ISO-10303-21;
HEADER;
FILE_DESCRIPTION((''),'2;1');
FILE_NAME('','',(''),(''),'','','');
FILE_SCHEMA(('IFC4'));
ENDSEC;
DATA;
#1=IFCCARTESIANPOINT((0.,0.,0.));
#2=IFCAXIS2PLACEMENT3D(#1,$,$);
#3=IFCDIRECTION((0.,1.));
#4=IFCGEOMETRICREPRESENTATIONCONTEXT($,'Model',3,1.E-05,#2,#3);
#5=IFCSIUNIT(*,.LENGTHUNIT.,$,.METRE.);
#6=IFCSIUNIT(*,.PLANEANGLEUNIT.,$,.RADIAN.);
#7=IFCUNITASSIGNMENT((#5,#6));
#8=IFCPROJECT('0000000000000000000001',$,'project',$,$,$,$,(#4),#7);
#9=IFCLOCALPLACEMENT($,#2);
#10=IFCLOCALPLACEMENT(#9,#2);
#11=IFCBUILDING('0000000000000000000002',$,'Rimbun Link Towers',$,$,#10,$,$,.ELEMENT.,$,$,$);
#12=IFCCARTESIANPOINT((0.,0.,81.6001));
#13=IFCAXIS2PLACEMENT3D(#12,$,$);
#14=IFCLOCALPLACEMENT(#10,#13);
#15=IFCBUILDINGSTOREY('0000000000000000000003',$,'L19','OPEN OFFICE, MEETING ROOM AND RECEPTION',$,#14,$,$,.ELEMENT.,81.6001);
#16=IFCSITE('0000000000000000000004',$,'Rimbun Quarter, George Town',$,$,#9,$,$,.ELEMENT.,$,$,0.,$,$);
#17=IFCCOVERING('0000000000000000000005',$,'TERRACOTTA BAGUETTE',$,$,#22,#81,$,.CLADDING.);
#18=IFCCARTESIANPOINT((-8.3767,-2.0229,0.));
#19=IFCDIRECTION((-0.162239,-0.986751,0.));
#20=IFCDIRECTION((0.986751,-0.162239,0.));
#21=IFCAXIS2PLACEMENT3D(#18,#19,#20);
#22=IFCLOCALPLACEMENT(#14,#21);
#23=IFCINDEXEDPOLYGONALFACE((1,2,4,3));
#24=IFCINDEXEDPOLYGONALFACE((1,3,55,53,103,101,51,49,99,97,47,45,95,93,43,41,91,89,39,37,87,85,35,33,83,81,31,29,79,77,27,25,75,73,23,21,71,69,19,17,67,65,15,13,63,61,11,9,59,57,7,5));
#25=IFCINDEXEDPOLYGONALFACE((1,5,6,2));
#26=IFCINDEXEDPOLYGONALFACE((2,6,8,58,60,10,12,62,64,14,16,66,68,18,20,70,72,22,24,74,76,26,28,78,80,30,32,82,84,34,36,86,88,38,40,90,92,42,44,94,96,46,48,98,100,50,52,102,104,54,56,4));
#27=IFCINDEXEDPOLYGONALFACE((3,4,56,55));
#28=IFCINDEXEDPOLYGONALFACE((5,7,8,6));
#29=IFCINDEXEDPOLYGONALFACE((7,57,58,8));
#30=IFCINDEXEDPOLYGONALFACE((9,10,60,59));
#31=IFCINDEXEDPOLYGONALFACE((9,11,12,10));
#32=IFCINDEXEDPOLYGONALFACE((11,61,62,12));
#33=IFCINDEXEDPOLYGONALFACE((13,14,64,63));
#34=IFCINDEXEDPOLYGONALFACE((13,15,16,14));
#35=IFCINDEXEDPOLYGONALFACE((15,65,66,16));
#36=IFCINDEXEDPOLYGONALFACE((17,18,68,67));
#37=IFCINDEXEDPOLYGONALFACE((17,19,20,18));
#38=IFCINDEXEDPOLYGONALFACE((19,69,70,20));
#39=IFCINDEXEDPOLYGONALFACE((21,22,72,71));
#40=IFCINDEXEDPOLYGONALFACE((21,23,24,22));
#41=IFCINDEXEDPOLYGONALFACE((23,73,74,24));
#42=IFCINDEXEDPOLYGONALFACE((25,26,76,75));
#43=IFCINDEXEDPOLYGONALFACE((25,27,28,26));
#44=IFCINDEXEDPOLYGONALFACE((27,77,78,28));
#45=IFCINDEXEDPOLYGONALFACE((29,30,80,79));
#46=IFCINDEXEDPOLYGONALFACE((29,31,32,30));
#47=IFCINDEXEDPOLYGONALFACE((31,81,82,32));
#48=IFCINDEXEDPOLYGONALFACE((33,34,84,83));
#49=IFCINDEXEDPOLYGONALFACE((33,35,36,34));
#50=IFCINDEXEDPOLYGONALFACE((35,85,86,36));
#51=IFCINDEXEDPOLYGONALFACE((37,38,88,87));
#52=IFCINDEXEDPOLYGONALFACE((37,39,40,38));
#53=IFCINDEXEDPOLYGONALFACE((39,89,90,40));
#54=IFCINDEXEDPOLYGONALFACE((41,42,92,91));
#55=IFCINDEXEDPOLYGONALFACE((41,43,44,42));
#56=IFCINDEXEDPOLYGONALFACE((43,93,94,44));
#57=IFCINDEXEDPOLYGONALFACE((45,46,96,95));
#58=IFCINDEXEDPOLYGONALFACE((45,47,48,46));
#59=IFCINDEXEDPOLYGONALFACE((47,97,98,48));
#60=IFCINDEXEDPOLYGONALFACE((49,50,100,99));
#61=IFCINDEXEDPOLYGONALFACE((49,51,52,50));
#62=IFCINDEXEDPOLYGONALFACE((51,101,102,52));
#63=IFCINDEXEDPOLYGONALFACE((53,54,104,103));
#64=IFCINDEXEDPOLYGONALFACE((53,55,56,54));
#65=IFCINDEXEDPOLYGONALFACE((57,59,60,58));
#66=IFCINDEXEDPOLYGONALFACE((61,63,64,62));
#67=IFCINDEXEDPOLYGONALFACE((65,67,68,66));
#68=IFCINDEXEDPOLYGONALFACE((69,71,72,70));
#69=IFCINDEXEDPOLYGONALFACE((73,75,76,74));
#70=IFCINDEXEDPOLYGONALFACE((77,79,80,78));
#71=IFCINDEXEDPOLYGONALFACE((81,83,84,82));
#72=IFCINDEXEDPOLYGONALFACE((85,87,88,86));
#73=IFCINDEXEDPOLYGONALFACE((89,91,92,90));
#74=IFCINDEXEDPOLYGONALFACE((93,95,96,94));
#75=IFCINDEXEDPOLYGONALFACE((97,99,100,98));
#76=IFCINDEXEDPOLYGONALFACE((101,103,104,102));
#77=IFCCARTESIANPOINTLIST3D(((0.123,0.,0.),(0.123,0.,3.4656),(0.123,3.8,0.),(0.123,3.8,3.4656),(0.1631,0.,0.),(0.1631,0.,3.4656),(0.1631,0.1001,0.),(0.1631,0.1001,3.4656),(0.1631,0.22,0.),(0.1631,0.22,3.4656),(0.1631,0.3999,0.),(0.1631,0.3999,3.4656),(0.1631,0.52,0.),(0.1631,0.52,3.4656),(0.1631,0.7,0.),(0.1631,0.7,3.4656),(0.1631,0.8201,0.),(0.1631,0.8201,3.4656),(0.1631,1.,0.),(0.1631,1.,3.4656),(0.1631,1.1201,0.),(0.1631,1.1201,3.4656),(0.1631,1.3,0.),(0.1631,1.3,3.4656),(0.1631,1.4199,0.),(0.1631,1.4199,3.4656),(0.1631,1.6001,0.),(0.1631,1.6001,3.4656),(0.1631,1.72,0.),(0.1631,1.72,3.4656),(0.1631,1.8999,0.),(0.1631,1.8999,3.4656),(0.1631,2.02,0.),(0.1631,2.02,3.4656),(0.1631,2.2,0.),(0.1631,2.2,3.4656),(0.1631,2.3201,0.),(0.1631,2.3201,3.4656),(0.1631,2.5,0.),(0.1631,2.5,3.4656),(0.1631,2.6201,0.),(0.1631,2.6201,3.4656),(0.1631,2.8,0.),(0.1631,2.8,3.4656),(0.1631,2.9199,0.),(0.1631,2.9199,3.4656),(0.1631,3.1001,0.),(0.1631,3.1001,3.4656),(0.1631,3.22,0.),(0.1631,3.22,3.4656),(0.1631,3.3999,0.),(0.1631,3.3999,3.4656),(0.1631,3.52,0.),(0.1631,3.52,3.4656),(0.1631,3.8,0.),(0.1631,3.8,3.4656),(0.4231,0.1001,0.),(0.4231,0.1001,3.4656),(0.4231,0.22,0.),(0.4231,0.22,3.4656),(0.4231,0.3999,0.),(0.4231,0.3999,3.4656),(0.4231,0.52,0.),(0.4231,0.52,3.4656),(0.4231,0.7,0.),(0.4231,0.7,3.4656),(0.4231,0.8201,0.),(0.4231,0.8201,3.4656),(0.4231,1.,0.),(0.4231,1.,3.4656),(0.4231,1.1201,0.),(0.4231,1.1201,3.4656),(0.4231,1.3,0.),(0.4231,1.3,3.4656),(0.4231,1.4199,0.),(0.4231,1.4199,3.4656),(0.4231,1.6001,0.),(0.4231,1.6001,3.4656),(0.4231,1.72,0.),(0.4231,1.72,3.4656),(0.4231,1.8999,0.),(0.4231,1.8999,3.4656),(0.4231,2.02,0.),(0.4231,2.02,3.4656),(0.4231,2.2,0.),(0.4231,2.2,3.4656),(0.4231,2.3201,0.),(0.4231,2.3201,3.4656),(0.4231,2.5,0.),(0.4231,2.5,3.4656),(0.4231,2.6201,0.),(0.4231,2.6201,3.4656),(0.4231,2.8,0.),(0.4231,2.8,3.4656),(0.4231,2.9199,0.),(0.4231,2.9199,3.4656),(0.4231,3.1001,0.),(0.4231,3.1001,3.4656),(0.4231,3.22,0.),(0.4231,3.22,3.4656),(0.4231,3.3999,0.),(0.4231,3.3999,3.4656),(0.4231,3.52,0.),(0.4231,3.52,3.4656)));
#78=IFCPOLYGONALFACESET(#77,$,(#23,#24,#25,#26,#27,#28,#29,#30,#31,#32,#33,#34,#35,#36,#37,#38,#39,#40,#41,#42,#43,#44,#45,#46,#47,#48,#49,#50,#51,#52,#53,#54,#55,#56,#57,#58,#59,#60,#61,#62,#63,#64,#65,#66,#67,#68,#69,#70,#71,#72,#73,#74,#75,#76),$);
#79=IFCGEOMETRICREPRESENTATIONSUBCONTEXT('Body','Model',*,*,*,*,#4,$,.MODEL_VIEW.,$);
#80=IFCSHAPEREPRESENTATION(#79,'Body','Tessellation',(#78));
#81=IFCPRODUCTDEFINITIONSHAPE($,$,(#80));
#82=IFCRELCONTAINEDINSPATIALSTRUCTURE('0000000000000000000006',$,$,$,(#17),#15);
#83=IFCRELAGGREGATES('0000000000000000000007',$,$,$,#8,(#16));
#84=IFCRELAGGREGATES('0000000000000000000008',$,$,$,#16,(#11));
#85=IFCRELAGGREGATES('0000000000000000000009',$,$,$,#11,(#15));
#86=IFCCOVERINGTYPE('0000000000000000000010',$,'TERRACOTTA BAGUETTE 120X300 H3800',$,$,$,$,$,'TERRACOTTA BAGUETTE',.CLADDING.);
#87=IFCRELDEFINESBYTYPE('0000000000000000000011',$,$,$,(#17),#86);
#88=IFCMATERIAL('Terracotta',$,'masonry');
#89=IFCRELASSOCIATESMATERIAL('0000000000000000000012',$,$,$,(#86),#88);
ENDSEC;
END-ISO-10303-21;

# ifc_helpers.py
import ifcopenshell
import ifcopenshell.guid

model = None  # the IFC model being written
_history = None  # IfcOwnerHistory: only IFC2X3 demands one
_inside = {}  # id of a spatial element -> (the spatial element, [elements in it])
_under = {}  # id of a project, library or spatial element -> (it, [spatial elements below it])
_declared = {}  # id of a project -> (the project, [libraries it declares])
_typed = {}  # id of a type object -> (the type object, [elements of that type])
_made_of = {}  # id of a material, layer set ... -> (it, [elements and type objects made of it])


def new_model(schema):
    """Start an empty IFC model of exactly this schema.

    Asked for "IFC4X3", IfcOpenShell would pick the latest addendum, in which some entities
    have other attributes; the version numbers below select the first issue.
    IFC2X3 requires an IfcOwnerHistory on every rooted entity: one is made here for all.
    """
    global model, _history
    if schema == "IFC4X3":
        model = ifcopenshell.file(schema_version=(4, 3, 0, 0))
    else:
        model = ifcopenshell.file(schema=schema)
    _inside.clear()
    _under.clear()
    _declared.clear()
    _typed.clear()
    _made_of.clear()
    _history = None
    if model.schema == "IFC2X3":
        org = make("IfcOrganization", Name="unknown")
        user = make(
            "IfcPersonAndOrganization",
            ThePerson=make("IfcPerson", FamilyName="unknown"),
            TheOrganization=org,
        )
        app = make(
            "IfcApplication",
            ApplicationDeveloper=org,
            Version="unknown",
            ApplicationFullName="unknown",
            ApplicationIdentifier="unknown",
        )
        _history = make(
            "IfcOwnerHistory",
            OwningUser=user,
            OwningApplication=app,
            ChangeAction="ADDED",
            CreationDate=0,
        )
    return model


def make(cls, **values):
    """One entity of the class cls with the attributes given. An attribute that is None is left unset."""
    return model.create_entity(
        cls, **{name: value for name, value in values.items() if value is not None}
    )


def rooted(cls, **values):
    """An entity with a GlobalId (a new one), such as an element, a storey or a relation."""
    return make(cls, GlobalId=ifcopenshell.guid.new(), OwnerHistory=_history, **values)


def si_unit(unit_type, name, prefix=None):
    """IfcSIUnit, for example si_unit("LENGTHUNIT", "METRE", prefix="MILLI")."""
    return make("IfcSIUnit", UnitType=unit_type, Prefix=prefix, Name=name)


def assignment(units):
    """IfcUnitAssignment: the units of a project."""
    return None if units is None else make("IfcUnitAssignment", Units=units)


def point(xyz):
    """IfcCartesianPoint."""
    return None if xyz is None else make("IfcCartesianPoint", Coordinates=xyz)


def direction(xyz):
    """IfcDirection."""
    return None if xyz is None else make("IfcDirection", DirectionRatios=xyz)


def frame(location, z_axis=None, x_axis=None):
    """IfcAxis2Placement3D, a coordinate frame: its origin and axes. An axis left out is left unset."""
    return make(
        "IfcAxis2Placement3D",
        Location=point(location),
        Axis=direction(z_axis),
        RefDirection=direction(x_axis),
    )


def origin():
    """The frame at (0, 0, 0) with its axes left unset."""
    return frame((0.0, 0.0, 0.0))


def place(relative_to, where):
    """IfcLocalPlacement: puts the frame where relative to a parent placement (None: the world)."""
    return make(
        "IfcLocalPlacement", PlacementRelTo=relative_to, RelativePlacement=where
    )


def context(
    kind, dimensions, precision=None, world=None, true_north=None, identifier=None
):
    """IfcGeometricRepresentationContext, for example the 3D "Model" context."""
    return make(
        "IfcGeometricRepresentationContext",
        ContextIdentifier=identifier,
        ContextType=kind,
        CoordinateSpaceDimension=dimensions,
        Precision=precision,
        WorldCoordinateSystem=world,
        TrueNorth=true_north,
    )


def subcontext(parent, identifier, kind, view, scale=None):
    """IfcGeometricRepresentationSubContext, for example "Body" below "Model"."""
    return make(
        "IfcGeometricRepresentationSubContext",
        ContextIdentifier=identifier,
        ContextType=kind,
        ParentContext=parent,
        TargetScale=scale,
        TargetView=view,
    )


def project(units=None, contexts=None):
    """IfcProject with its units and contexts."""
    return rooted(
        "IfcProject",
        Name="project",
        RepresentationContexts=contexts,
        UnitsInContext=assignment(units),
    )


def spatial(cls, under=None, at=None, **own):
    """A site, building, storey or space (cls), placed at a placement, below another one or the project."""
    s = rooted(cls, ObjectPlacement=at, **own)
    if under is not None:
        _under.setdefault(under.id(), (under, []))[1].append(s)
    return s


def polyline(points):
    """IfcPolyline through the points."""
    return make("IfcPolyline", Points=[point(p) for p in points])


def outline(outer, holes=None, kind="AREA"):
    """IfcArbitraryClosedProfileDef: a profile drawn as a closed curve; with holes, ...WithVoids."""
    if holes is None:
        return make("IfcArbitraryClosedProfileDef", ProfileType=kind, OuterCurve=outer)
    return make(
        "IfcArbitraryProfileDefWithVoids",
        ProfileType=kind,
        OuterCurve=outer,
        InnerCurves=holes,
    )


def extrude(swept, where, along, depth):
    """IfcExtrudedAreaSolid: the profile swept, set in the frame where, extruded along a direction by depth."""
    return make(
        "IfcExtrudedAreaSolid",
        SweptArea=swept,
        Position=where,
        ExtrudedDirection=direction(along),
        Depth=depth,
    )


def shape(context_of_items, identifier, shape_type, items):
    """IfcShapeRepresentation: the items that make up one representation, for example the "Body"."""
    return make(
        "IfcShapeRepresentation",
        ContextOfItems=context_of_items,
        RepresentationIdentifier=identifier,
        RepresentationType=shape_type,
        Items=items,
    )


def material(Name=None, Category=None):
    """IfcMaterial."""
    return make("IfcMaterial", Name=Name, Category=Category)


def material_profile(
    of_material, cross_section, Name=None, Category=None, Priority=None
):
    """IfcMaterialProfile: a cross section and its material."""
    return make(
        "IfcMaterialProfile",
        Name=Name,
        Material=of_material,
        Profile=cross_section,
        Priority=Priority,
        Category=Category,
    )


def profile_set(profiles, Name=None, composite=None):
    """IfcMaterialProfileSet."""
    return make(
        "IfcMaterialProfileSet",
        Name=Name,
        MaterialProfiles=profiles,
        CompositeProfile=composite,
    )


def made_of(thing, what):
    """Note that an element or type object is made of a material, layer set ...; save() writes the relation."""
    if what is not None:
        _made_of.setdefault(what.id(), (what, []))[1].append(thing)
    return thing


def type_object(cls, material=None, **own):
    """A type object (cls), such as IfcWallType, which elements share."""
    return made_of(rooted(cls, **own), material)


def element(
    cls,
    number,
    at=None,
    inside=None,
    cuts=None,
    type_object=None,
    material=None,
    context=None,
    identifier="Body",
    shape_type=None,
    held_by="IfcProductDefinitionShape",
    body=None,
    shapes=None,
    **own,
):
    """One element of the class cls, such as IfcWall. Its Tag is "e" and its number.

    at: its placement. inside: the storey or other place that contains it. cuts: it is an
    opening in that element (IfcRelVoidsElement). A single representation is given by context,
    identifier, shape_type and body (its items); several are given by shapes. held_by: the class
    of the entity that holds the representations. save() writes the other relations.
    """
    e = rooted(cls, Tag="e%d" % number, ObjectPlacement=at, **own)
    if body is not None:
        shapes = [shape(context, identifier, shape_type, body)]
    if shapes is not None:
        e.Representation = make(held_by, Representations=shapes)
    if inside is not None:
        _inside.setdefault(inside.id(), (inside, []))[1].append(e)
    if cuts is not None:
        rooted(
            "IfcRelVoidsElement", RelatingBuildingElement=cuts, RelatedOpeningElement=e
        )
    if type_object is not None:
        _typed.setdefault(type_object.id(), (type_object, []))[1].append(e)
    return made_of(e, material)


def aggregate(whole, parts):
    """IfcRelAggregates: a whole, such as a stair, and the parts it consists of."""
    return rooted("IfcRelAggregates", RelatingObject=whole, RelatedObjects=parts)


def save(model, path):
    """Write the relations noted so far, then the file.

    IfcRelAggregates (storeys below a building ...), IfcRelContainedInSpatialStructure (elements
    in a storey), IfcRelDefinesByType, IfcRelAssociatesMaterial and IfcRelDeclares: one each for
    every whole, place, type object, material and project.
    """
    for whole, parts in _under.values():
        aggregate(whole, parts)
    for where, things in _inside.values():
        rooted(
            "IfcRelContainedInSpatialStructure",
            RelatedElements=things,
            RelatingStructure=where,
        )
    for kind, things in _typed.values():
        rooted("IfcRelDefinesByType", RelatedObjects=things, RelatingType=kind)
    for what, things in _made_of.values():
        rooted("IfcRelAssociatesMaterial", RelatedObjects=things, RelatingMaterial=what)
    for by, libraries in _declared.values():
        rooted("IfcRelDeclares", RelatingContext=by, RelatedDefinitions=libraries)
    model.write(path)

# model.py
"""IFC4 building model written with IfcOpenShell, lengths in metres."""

from ifc_helpers import new_model, si_unit, direction, frame, origin, place, context, subcontext, project, spatial, polyline, outline, extrude, material, material_profile, profile_set, type_object, element, save


model = new_model("IFC4")

# Units and contexts
model_context = context("Model", 3, precision=1e-05, world=origin(), true_north=direction((0.0, 1.0)))
body_context = subcontext(model_context, "Body", "Model", "MODEL_VIEW")
ifc_project = project(units=[si_unit("LENGTHUNIT", "METRE"), si_unit("PLANEANGLEUNIT", "RADIAN")], contexts=[model_context])

# Site, building, storey
site_placement = place(None, origin())
site = spatial("IfcSite", under=ifc_project, at=site_placement, Name="Rimbun Quarter, George Town", CompositionType="ELEMENT", RefElevation=0.0)
building_placement = place(site_placement, origin())
building = spatial("IfcBuilding", under=site, at=building_placement, Name="Rimbun Link Towers", CompositionType="ELEMENT")
storey_placement = place(building_placement, frame((0.0, 0.0, 81.6001)))
storey = spatial("IfcBuildingStorey", under=building, at=storey_placement, Name="L19", Description="OPEN OFFICE, MEETING ROOM AND RECEPTION", CompositionType="ELEMENT", Elevation=81.6001)

# Covering
ifc_material_1 = material(Name="Terracotta", Category="masonry")
ifc_material_profile_1 = material_profile(ifc_material_1, outline(polyline([(0.123, 0.0), (0.1631, 0.0), (0.1631, 0.1001), (0.4231, 0.1001), (0.4231, 0.22), (0.1631, 0.22), (0.1631, 0.3999), (0.4231, 0.3999), (0.4231, 0.52), (0.1631, 0.52), (0.1631, 0.7), (0.4231, 0.7), (0.4231, 0.8201), (0.1631, 0.8201), (0.1631, 1.0), (0.4231, 1.0), (0.4231, 1.1201), (0.1631, 1.1201), (0.1631, 1.3), (0.4231, 1.3), (0.4231, 1.4199), (0.1631, 1.4199), (0.1631, 1.6001), (0.4231, 1.6001), (0.4231, 1.72), (0.1631, 1.72), (0.1631, 1.8999), (0.4231, 1.8999), (0.4231, 2.02), (0.1631, 2.02), (0.1631, 2.2), (0.4231, 2.2), (0.4231, 2.3201), (0.1631, 2.3201), (0.1631, 2.5), (0.4231, 2.5), (0.4231, 2.6201), (0.1631, 2.6201), (0.1631, 2.8), (0.4231, 2.8), (0.4231, 2.9199), (0.1631, 2.9199), (0.1631, 3.1001), (0.4231, 3.1001), (0.4231, 3.22), (0.1631, 3.22), (0.1631, 3.3999), (0.4231, 3.3999), (0.4231, 3.52), (0.1631, 3.52), (0.1631, 3.8), (0.123, 3.8), (0.123, 0.0)])), Name="BAGUETTE 120X300")
ifc_profile_set_1 = profile_set([ifc_material_profile_1], Name="Terracotta")
covering_type = type_object("IfcCoveringType", Name="TERRACOTTA BAGUETTE 120X300 H3800", ElementType="TERRACOTTA BAGUETTE", PredefinedType="CLADDING", material=ifc_profile_set_1)
covering_1_placement = place(storey_placement, frame((-8.3767, -2.0229, 0.0), z_axis=(-0.162239, -0.986751, 0.0), x_axis=(0.986751, -0.162239, 0.0)))
element("IfcCovering", 1, at=covering_1_placement, inside=storey, type_object=covering_type, Name="TERRACOTTA BAGUETTE", PredefinedType="CLADDING", context=body_context, shape_type="SweptSolid", body=[
    extrude(outline(polyline([(0.123, 0.0), (0.1631, 0.0), (0.1631, 0.1001), (0.4231, 0.1001), (0.4231, 0.22), (0.1631, 0.22), (0.1631, 0.3999), (0.4231, 0.3999), (0.4231, 0.52), (0.1631, 0.52), (0.1631, 0.7), (0.4231, 0.7), (0.4231, 0.8201), (0.1631, 0.8201), (0.1631, 1.0), (0.4231, 1.0), (0.4231, 1.1201), (0.1631, 1.1201), (0.1631, 1.3), (0.4231, 1.3), (0.4231, 1.4199), (0.1631, 1.4199), (0.1631, 1.6001), (0.4231, 1.6001), (0.4231, 1.72), (0.1631, 1.72), (0.1631, 1.8999), (0.4231, 1.8999), (0.4231, 2.02), (0.1631, 2.02), (0.1631, 2.2), (0.4231, 2.2), (0.4231, 2.3201), (0.1631, 2.3201), (0.1631, 2.5), (0.4231, 2.5), (0.4231, 2.6201), (0.1631, 2.6201), (0.1631, 2.8), (0.4231, 2.8), (0.4231, 2.9199), (0.1631, 2.9199), (0.1631, 3.1001), (0.4231, 3.1001), (0.4231, 3.22), (0.1631, 3.22), (0.1631, 3.3999), (0.4231, 3.3999), (0.4231, 3.52), (0.1631, 3.52), (0.1631, 3.8), (0.123, 3.8), (0.123, 0.0)])), origin(), (0.0, 0.0, 1.0), 3.4656),
])

save(model, "model.ifc")
